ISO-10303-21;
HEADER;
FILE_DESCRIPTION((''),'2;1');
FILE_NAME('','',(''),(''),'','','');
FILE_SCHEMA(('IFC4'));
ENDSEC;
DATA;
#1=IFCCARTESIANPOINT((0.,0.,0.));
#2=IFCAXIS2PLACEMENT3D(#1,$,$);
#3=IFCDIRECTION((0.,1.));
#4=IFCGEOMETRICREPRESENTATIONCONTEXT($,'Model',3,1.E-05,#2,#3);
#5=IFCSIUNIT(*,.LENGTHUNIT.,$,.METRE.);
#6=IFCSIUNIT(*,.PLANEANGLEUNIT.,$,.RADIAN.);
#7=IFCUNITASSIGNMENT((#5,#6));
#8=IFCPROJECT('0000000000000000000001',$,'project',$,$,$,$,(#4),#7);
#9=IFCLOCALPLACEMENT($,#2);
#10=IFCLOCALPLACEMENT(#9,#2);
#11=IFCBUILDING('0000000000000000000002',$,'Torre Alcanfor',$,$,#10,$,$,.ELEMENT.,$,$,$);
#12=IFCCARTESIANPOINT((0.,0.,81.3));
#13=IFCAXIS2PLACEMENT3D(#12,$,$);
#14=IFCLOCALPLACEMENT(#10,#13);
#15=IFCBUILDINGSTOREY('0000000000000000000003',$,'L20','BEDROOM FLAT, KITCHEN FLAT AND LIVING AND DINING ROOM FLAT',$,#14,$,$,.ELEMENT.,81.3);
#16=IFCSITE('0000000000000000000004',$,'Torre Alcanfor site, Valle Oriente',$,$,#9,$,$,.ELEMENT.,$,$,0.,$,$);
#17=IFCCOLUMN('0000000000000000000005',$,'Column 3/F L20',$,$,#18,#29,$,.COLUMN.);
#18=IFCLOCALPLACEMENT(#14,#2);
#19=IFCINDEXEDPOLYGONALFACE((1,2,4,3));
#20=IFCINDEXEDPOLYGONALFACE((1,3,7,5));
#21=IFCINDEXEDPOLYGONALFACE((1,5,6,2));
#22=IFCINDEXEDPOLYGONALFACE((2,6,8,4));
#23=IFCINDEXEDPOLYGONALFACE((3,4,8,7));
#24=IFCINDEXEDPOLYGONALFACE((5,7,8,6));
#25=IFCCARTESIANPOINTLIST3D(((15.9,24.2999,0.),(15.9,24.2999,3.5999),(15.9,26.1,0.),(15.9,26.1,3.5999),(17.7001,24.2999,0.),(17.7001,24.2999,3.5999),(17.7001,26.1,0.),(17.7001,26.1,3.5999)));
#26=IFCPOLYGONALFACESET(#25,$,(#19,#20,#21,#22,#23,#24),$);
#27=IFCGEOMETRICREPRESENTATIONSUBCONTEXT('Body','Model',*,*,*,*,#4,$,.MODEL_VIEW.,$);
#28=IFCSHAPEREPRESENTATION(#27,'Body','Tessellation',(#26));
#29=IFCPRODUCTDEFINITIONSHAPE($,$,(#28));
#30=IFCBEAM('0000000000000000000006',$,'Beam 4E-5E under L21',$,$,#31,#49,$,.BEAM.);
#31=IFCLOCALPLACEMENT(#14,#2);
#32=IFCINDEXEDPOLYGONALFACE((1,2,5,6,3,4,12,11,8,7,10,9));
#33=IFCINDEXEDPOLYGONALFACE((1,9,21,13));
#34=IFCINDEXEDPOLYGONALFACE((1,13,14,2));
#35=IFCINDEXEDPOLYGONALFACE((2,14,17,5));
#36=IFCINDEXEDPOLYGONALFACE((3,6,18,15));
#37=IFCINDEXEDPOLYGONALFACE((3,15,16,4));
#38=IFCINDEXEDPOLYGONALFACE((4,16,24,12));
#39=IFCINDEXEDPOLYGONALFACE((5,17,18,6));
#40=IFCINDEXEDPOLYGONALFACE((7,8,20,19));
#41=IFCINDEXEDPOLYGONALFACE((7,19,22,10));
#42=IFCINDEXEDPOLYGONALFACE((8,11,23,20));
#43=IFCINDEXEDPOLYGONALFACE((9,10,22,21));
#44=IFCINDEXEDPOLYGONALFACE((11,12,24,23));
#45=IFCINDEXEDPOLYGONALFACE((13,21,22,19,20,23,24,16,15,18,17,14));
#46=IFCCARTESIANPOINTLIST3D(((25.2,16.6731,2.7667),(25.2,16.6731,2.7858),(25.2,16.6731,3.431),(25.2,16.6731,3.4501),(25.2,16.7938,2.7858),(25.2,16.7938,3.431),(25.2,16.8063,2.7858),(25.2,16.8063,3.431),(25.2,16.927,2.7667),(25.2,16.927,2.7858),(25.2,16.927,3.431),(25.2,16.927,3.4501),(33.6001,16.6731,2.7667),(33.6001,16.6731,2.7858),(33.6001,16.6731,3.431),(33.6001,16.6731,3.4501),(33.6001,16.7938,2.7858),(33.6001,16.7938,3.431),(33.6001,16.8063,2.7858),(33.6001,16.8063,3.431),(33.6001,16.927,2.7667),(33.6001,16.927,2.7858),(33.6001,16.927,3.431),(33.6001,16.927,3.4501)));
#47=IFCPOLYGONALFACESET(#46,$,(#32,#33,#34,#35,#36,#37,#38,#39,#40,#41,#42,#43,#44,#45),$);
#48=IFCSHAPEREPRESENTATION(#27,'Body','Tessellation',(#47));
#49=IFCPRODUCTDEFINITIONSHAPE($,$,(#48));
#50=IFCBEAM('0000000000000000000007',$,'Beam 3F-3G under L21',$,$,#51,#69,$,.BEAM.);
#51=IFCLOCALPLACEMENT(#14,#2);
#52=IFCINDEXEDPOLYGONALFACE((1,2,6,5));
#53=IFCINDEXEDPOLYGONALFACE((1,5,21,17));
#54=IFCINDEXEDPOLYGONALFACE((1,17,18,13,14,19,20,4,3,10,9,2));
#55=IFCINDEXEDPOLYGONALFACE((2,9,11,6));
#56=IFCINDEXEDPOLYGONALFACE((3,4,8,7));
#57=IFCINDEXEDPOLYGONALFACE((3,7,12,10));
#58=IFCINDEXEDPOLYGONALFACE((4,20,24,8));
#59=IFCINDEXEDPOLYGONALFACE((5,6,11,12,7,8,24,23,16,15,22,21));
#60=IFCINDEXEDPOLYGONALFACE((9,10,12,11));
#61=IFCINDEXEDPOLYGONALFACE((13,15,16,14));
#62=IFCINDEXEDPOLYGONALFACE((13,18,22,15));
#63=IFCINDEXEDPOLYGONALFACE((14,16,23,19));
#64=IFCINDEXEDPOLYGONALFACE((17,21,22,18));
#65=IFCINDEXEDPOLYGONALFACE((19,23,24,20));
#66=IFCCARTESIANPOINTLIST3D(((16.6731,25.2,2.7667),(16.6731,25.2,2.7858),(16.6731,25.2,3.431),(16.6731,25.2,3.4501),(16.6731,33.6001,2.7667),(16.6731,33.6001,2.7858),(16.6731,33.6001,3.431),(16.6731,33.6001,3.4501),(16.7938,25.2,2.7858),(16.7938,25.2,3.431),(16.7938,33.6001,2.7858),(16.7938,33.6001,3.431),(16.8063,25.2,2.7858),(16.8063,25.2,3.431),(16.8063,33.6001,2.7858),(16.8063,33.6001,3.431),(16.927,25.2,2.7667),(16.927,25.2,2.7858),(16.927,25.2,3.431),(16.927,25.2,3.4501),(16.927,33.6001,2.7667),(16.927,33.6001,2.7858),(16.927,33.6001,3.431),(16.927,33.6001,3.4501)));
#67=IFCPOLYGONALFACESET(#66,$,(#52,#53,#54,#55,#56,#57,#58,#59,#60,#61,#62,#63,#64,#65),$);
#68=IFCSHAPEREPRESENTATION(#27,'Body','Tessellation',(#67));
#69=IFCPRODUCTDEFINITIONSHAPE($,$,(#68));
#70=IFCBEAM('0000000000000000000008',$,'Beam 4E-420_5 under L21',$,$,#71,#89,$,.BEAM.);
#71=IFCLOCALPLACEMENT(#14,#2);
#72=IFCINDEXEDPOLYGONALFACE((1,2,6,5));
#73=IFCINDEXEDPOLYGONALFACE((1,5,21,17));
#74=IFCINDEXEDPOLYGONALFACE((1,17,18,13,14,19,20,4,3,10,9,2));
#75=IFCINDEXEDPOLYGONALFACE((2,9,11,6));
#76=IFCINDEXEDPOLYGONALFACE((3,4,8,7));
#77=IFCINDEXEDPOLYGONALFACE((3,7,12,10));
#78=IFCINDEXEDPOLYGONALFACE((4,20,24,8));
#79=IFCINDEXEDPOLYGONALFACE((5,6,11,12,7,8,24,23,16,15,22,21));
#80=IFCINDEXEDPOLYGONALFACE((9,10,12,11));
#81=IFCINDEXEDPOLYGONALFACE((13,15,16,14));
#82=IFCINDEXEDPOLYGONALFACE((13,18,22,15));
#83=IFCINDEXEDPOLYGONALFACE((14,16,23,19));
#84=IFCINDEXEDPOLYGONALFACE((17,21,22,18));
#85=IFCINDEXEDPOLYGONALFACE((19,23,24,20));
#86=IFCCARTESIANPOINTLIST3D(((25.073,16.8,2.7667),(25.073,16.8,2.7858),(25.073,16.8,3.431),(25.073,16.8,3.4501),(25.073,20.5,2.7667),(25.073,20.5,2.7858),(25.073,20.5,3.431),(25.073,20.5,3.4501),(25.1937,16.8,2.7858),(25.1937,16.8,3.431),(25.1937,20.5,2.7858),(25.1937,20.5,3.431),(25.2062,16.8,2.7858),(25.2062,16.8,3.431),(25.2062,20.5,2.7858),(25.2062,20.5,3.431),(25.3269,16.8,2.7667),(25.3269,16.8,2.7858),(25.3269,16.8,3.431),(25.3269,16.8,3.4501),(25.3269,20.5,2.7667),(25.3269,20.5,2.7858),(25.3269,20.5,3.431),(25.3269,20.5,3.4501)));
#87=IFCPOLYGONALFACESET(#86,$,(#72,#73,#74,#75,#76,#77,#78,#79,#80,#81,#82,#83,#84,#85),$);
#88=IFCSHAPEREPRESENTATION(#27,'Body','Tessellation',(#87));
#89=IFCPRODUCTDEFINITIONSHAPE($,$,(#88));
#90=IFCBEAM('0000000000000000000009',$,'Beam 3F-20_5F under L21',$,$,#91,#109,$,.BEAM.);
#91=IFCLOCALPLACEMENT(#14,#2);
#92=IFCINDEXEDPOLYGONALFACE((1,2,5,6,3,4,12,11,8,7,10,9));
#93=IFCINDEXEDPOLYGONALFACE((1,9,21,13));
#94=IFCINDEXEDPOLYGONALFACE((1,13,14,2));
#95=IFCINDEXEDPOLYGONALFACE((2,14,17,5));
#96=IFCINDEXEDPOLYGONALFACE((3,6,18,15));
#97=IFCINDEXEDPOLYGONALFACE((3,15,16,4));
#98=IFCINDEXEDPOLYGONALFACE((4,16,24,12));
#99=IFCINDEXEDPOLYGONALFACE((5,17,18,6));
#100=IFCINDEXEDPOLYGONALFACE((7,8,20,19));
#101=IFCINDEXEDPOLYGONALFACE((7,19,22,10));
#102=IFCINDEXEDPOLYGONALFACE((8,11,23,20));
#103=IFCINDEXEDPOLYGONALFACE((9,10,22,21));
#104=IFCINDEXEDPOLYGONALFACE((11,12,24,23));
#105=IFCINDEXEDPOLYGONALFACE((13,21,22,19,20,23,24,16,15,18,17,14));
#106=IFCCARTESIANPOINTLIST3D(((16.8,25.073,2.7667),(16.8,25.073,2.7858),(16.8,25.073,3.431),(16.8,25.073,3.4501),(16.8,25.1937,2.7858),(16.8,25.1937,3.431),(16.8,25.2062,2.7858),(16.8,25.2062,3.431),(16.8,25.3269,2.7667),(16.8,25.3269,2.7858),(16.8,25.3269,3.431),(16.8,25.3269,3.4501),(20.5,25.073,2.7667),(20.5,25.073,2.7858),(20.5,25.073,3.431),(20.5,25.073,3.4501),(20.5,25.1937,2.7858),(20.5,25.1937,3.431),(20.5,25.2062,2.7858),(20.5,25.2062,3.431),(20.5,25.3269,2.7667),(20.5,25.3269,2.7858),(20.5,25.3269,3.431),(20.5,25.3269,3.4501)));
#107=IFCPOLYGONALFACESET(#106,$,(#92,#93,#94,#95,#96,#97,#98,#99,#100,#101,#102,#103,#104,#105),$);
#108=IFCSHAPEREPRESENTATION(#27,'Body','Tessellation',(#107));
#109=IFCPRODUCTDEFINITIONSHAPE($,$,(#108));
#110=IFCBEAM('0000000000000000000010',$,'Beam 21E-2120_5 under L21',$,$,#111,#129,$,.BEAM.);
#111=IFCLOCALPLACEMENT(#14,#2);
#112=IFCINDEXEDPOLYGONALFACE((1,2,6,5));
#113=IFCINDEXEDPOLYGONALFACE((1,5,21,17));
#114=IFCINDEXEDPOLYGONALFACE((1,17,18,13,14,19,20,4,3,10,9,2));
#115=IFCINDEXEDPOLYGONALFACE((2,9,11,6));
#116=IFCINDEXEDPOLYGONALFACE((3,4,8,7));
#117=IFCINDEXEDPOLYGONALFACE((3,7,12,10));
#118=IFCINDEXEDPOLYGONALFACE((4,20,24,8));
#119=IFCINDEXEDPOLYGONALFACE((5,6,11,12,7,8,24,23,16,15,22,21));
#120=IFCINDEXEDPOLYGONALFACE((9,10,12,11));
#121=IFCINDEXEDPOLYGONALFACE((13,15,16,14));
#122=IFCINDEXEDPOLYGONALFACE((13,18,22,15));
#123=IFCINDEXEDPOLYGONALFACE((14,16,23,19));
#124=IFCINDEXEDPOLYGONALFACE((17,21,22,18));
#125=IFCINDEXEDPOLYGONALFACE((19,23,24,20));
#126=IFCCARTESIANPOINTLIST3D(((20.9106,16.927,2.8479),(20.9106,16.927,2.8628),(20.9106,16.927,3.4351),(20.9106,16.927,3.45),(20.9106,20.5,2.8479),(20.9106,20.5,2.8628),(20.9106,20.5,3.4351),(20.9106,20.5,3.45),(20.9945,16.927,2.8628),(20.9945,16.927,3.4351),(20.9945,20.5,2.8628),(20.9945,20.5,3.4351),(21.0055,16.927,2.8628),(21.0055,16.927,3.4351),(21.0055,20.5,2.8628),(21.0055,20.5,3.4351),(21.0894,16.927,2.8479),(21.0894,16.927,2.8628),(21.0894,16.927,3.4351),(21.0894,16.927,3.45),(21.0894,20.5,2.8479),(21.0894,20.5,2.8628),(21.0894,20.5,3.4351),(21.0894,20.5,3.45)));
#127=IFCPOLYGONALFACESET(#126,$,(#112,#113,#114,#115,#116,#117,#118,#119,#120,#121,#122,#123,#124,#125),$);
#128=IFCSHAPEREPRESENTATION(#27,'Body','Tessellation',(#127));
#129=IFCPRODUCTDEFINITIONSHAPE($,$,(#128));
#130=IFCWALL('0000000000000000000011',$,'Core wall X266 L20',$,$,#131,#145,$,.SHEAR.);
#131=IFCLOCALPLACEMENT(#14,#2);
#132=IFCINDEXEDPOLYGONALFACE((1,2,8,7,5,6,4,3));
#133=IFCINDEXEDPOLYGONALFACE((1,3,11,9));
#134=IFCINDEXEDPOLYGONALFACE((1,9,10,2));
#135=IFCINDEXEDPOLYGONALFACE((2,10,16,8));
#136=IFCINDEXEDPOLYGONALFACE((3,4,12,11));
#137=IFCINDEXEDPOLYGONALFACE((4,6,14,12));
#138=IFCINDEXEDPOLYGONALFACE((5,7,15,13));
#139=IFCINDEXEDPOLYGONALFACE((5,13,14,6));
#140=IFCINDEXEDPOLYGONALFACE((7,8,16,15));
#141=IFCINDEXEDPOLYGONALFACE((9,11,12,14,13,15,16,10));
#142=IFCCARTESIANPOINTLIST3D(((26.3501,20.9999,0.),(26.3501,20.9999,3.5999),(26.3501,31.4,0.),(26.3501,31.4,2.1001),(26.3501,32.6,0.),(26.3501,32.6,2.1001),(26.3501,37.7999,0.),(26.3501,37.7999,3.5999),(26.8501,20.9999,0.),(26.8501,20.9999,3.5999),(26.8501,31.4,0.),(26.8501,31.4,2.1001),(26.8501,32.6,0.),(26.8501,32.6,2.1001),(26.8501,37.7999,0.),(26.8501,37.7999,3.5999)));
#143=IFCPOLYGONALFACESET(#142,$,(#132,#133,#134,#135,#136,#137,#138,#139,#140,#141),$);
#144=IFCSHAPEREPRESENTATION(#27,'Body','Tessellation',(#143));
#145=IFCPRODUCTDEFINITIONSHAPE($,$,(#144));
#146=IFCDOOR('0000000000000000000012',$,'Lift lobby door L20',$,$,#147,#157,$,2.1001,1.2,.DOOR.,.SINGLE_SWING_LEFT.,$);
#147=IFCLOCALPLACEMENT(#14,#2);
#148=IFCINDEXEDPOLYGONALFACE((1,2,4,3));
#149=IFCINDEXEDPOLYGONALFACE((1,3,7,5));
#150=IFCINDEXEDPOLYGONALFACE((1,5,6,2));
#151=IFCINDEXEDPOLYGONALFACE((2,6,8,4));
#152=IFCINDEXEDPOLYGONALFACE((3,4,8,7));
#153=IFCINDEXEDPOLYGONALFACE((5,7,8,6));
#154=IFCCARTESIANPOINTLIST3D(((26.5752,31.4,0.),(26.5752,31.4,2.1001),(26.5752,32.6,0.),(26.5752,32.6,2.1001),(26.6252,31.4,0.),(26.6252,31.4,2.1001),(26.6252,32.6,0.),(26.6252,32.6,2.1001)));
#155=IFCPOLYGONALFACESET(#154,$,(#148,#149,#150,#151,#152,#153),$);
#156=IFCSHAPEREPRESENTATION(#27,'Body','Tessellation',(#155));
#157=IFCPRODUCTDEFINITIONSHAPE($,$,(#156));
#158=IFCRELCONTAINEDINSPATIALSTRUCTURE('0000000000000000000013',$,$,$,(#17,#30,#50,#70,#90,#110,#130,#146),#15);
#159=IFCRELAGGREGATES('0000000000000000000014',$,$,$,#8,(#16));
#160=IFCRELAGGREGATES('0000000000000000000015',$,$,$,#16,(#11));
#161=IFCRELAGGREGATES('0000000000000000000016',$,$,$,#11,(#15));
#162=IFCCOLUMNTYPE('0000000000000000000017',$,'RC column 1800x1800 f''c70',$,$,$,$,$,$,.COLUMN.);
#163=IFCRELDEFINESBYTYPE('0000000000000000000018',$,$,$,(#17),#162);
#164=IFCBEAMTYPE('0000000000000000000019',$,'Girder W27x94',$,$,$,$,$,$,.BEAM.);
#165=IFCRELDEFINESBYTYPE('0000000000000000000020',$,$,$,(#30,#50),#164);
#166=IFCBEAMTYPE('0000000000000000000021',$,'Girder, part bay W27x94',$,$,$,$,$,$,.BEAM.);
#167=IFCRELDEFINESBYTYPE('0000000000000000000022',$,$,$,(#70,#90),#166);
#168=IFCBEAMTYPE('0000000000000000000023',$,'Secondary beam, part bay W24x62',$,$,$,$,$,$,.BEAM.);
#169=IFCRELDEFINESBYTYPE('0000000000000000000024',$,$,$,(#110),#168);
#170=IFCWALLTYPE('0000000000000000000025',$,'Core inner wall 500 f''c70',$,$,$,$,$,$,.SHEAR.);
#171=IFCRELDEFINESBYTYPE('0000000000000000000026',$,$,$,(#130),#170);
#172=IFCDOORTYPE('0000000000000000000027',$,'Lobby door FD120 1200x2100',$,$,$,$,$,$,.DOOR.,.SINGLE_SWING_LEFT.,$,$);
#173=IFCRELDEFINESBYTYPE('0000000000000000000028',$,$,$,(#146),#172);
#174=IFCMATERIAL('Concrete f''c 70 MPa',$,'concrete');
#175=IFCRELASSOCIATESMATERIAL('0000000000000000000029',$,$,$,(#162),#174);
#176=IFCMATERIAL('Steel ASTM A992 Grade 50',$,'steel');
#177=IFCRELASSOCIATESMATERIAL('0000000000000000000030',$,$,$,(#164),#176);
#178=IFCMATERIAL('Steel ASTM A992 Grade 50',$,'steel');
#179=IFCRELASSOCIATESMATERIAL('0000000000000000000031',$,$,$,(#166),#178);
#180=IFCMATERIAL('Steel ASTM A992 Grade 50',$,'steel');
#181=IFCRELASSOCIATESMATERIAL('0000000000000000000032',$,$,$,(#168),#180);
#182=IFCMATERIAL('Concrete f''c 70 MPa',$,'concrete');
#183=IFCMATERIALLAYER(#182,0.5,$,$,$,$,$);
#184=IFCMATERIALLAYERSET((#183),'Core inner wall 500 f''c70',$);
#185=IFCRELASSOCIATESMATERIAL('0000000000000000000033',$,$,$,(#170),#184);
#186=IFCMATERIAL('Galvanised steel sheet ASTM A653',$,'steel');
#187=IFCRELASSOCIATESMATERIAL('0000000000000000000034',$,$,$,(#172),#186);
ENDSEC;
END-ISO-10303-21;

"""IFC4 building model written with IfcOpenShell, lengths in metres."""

from ifc_helpers import new_model, si_unit, direction, frame, frame_2d, origin, origin_2d, place, context, subcontext, project, spatial, rectangle, i_section, extrude, material, layer, layer_set, material_profile, profile_set, type_object, element, fill, save


model = new_model("IFC4")

# Units and contexts
model_context = context("Model", 3, precision=1e-05, world=origin(), true_north=direction((0.0, 1.0)))
body_context = subcontext(model_context, "Body", "Model", "MODEL_VIEW")
ifc_project = project(units=[si_unit("LENGTHUNIT", "METRE"), si_unit("PLANEANGLEUNIT", "RADIAN")], contexts=[model_context])

# Site, building, storey
site_placement = place(None, origin())
site = spatial("IfcSite", under=ifc_project, at=site_placement, Name="Torre Alcanfor site, Valle Oriente", CompositionType="ELEMENT", RefElevation=0.0)
building_placement = place(site_placement, origin())
building = spatial("IfcBuilding", under=site, at=building_placement, Name="Torre Alcanfor", CompositionType="ELEMENT")
storey_placement = place(building_placement, frame((0.0, 0.0, 81.3)))
storey = spatial("IfcBuildingStorey", under=building, at=storey_placement, Name="L20", Description="BEDROOM FLAT, KITCHEN FLAT AND LIVING AND DINING ROOM FLAT", CompositionType="ELEMENT", Elevation=81.3)

# Column
ifc_material_1 = material(Name="Concrete f'c 70 MPa", Category="concrete")
ifc_material_profile_1 = material_profile(ifc_material_1, rectangle(XDim=1.8, YDim=1.8, at=origin_2d()), Name="1800x1800")
ifc_profile_set_1 = profile_set([ifc_material_profile_1], Name="Concrete f'c 70 MPa")
column_type = type_object("IfcColumnType", Name="RC column 1800x1800 f'c70", PredefinedType="COLUMN", material=ifc_profile_set_1)
column_placement = place(storey_placement, frame((16.8, 25.2, 0.0), z_axis=(0.0, 0.0, 1.0), x_axis=(1.0, 0.0, 0.0)))
element("IfcColumn", 1, at=column_placement, inside=storey, type_object=column_type, Name="Column 3/F L20", PredefinedType="COLUMN", context=body_context, shape_type="SweptSolid", body=[
    extrude(rectangle(XDim=1.8, YDim=1.8, at=origin_2d()), origin(), (0.0, 0.0, 1.0), 3.5999),
])

# Beams
ifc_material_2 = material(Name="Steel ASTM A992 Grade 50", Category="steel")
ifc_material_profile_2 = material_profile(ifc_material_2, i_section(OverallWidth=0.2539, OverallDepth=0.6833, WebThickness=0.0125, FlangeThickness=0.019, at=origin_2d()), Name="W27x94")
ifc_profile_set_2 = profile_set([ifc_material_profile_2], Name="Steel ASTM A992 Grade 50")
beam_type_1 = type_object("IfcBeamType", Name="Girder W27x94", PredefinedType="BEAM", material=ifc_profile_set_2)
for number, where, z_axis, x_axis, name in (
    (2, (25.2, 16.8, 3.1084), (1.0, 0.0, 0.0), (0.0, 1.0, 0.0), "Beam 4E-5E under L21"),
    (3, (16.8, 25.2, 3.1084), (0.0, 1.0, 0.0), (-1.0, 0.0, 0.0), "Beam 3F-3G under L21"),
):
    element("IfcBeam", number, at=place(storey_placement, frame(where, z_axis=z_axis, x_axis=x_axis)), inside=storey, type_object=beam_type_1, Name=name, PredefinedType="BEAM", context=body_context, shape_type="SweptSolid", body=[
        extrude(i_section(OverallWidth=0.2539, OverallDepth=0.6833, WebThickness=0.0125, FlangeThickness=0.019, at=origin_2d()), origin(), (0.0, 0.0, 1.0), 8.4001),
    ])
ifc_material_3 = material(Name="Steel ASTM A992 Grade 50", Category="steel")
ifc_material_profile_3 = material_profile(ifc_material_3, i_section(OverallWidth=0.2539, OverallDepth=0.6833, WebThickness=0.0125, FlangeThickness=0.019, at=origin_2d()), Name="W27x94")
ifc_profile_set_3 = profile_set([ifc_material_profile_3], Name="Steel ASTM A992 Grade 50")
beam_type_2 = type_object("IfcBeamType", Name="Girder, part bay W27x94", PredefinedType="BEAM", material=ifc_profile_set_3)
for number, where, z_axis, x_axis, name in (
    (4, (25.2, 16.8, 3.1084), (0.0, 1.0, 0.0), (-1.0, 0.0, 0.0), "Beam 4E-420_5 under L21"),
    (5, (16.8, 25.2, 3.1084), (1.0, 0.0, 0.0), (0.0, 1.0, 0.0), "Beam 3F-20_5F under L21"),
):
    element("IfcBeam", number, at=place(storey_placement, frame(where, z_axis=z_axis, x_axis=x_axis)), inside=storey, type_object=beam_type_2, Name=name, PredefinedType="BEAM", context=body_context, shape_type="SweptSolid", body=[
        extrude(i_section(OverallWidth=0.2539, OverallDepth=0.6833, WebThickness=0.0125, FlangeThickness=0.019, at=origin_2d()), origin(), (0.0, 0.0, 1.0), 3.7),
    ])
ifc_material_4 = material(Name="Steel ASTM A992 Grade 50", Category="steel")
ifc_material_profile_4 = material_profile(ifc_material_4, i_section(OverallWidth=0.1787, OverallDepth=0.6021, WebThickness=0.011, FlangeThickness=0.0149, at=origin_2d()), Name="W24x62")
ifc_profile_set_4 = profile_set([ifc_material_profile_4], Name="Steel ASTM A992 Grade 50")
beam_type_3 = type_object("IfcBeamType", Name="Secondary beam, part bay W24x62", PredefinedType="BEAM", material=ifc_profile_set_4)
beam_placement = place(storey_placement, frame((21.0, 16.927, 3.1489), z_axis=(0.0, 1.0, 0.0), x_axis=(-1.0, 0.0, 0.0)))
element("IfcBeam", 6, at=beam_placement, inside=storey, type_object=beam_type_3, Name="Beam 21E-2120_5 under L21", PredefinedType="BEAM", context=body_context, shape_type="SweptSolid", body=[
    extrude(i_section(OverallWidth=0.1787, OverallDepth=0.6021, WebThickness=0.011, FlangeThickness=0.0149, at=origin_2d()), origin(), (0.0, 0.0, 1.0), 3.573),
])

# Wall, opening, door
ifc_material_5 = material(Name="Concrete f'c 70 MPa", Category="concrete")
ifc_layer_1 = layer(ifc_material_5, 0.5)
ifc_layer_set_1 = layer_set([ifc_layer_1], Name="Core inner wall 500 f'c70")
wall_type_1 = type_object("IfcWallType", Name="Core inner wall 500 f'c70", PredefinedType="SHEAR", material=ifc_layer_set_1)
wall_1_placement = place(storey_placement, frame((26.6001, 21.0, 0.0), z_axis=(0.0, 0.0, 1.0), x_axis=(0.0, 1.0, 0.0)))
wall_1 = element("IfcWall", 7, at=wall_1_placement, inside=storey, type_object=wall_type_1, Name="Core wall X266 L20", PredefinedType="SHEAR", context=body_context, shape_type="SweptSolid", body=[
    extrude(rectangle(XDim=16.8, YDim=0.5, at=frame_2d((8.3999, 0.0))), origin(), (0.0, 0.0, 1.0), 3.5999),
])
opening_1_placement = place(wall_1_placement, frame((10.3999, 0.0, 0.0)))
opening_1 = element("IfcOpeningElement", 8, at=opening_1_placement, cuts=wall_1, PredefinedType="OPENING", context=body_context, shape_type="SweptSolid", body=[
    extrude(rectangle(XDim=1.2, YDim=2.1001, at=frame_2d((0.6001, 1.05))), frame((0.0, 0.26, 0.0), z_axis=(0.0, -1.0, 0.0), x_axis=(1.0, 0.0, 0.0)), (0.0, 0.0, 1.0), 0.52),
])
ifc_material_6 = material(Name="Galvanised steel sheet ASTM A653", Category="steel")
door_type_1 = type_object("IfcDoorType", Name="Lobby door FD120 1200x2100", OperationType="SINGLE_SWING_LEFT", PredefinedType="DOOR", material=ifc_material_6)
door_1_placement = place(opening_1_placement, origin())
door_1 = element("IfcDoor", 9, at=door_1_placement, inside=storey, type_object=door_type_1, Name="Lift lobby door L20", OperationType="SINGLE_SWING_LEFT", OverallHeight=2.1001, OverallWidth=1.2, PredefinedType="DOOR", context=body_context, shape_type="SweptSolid", body=[
    extrude(rectangle(XDim=1.2, YDim=2.1001, at=frame_2d((0.6001, 1.05))), frame((0.0, 0.0249, 0.0), z_axis=(0.0, -1.0, 0.0), x_axis=(1.0, 0.0, 0.0)), (0.0, 0.0, 1.0), 0.05),
])
fill(opening_1, door_1)

save(model, "model.ifc")
